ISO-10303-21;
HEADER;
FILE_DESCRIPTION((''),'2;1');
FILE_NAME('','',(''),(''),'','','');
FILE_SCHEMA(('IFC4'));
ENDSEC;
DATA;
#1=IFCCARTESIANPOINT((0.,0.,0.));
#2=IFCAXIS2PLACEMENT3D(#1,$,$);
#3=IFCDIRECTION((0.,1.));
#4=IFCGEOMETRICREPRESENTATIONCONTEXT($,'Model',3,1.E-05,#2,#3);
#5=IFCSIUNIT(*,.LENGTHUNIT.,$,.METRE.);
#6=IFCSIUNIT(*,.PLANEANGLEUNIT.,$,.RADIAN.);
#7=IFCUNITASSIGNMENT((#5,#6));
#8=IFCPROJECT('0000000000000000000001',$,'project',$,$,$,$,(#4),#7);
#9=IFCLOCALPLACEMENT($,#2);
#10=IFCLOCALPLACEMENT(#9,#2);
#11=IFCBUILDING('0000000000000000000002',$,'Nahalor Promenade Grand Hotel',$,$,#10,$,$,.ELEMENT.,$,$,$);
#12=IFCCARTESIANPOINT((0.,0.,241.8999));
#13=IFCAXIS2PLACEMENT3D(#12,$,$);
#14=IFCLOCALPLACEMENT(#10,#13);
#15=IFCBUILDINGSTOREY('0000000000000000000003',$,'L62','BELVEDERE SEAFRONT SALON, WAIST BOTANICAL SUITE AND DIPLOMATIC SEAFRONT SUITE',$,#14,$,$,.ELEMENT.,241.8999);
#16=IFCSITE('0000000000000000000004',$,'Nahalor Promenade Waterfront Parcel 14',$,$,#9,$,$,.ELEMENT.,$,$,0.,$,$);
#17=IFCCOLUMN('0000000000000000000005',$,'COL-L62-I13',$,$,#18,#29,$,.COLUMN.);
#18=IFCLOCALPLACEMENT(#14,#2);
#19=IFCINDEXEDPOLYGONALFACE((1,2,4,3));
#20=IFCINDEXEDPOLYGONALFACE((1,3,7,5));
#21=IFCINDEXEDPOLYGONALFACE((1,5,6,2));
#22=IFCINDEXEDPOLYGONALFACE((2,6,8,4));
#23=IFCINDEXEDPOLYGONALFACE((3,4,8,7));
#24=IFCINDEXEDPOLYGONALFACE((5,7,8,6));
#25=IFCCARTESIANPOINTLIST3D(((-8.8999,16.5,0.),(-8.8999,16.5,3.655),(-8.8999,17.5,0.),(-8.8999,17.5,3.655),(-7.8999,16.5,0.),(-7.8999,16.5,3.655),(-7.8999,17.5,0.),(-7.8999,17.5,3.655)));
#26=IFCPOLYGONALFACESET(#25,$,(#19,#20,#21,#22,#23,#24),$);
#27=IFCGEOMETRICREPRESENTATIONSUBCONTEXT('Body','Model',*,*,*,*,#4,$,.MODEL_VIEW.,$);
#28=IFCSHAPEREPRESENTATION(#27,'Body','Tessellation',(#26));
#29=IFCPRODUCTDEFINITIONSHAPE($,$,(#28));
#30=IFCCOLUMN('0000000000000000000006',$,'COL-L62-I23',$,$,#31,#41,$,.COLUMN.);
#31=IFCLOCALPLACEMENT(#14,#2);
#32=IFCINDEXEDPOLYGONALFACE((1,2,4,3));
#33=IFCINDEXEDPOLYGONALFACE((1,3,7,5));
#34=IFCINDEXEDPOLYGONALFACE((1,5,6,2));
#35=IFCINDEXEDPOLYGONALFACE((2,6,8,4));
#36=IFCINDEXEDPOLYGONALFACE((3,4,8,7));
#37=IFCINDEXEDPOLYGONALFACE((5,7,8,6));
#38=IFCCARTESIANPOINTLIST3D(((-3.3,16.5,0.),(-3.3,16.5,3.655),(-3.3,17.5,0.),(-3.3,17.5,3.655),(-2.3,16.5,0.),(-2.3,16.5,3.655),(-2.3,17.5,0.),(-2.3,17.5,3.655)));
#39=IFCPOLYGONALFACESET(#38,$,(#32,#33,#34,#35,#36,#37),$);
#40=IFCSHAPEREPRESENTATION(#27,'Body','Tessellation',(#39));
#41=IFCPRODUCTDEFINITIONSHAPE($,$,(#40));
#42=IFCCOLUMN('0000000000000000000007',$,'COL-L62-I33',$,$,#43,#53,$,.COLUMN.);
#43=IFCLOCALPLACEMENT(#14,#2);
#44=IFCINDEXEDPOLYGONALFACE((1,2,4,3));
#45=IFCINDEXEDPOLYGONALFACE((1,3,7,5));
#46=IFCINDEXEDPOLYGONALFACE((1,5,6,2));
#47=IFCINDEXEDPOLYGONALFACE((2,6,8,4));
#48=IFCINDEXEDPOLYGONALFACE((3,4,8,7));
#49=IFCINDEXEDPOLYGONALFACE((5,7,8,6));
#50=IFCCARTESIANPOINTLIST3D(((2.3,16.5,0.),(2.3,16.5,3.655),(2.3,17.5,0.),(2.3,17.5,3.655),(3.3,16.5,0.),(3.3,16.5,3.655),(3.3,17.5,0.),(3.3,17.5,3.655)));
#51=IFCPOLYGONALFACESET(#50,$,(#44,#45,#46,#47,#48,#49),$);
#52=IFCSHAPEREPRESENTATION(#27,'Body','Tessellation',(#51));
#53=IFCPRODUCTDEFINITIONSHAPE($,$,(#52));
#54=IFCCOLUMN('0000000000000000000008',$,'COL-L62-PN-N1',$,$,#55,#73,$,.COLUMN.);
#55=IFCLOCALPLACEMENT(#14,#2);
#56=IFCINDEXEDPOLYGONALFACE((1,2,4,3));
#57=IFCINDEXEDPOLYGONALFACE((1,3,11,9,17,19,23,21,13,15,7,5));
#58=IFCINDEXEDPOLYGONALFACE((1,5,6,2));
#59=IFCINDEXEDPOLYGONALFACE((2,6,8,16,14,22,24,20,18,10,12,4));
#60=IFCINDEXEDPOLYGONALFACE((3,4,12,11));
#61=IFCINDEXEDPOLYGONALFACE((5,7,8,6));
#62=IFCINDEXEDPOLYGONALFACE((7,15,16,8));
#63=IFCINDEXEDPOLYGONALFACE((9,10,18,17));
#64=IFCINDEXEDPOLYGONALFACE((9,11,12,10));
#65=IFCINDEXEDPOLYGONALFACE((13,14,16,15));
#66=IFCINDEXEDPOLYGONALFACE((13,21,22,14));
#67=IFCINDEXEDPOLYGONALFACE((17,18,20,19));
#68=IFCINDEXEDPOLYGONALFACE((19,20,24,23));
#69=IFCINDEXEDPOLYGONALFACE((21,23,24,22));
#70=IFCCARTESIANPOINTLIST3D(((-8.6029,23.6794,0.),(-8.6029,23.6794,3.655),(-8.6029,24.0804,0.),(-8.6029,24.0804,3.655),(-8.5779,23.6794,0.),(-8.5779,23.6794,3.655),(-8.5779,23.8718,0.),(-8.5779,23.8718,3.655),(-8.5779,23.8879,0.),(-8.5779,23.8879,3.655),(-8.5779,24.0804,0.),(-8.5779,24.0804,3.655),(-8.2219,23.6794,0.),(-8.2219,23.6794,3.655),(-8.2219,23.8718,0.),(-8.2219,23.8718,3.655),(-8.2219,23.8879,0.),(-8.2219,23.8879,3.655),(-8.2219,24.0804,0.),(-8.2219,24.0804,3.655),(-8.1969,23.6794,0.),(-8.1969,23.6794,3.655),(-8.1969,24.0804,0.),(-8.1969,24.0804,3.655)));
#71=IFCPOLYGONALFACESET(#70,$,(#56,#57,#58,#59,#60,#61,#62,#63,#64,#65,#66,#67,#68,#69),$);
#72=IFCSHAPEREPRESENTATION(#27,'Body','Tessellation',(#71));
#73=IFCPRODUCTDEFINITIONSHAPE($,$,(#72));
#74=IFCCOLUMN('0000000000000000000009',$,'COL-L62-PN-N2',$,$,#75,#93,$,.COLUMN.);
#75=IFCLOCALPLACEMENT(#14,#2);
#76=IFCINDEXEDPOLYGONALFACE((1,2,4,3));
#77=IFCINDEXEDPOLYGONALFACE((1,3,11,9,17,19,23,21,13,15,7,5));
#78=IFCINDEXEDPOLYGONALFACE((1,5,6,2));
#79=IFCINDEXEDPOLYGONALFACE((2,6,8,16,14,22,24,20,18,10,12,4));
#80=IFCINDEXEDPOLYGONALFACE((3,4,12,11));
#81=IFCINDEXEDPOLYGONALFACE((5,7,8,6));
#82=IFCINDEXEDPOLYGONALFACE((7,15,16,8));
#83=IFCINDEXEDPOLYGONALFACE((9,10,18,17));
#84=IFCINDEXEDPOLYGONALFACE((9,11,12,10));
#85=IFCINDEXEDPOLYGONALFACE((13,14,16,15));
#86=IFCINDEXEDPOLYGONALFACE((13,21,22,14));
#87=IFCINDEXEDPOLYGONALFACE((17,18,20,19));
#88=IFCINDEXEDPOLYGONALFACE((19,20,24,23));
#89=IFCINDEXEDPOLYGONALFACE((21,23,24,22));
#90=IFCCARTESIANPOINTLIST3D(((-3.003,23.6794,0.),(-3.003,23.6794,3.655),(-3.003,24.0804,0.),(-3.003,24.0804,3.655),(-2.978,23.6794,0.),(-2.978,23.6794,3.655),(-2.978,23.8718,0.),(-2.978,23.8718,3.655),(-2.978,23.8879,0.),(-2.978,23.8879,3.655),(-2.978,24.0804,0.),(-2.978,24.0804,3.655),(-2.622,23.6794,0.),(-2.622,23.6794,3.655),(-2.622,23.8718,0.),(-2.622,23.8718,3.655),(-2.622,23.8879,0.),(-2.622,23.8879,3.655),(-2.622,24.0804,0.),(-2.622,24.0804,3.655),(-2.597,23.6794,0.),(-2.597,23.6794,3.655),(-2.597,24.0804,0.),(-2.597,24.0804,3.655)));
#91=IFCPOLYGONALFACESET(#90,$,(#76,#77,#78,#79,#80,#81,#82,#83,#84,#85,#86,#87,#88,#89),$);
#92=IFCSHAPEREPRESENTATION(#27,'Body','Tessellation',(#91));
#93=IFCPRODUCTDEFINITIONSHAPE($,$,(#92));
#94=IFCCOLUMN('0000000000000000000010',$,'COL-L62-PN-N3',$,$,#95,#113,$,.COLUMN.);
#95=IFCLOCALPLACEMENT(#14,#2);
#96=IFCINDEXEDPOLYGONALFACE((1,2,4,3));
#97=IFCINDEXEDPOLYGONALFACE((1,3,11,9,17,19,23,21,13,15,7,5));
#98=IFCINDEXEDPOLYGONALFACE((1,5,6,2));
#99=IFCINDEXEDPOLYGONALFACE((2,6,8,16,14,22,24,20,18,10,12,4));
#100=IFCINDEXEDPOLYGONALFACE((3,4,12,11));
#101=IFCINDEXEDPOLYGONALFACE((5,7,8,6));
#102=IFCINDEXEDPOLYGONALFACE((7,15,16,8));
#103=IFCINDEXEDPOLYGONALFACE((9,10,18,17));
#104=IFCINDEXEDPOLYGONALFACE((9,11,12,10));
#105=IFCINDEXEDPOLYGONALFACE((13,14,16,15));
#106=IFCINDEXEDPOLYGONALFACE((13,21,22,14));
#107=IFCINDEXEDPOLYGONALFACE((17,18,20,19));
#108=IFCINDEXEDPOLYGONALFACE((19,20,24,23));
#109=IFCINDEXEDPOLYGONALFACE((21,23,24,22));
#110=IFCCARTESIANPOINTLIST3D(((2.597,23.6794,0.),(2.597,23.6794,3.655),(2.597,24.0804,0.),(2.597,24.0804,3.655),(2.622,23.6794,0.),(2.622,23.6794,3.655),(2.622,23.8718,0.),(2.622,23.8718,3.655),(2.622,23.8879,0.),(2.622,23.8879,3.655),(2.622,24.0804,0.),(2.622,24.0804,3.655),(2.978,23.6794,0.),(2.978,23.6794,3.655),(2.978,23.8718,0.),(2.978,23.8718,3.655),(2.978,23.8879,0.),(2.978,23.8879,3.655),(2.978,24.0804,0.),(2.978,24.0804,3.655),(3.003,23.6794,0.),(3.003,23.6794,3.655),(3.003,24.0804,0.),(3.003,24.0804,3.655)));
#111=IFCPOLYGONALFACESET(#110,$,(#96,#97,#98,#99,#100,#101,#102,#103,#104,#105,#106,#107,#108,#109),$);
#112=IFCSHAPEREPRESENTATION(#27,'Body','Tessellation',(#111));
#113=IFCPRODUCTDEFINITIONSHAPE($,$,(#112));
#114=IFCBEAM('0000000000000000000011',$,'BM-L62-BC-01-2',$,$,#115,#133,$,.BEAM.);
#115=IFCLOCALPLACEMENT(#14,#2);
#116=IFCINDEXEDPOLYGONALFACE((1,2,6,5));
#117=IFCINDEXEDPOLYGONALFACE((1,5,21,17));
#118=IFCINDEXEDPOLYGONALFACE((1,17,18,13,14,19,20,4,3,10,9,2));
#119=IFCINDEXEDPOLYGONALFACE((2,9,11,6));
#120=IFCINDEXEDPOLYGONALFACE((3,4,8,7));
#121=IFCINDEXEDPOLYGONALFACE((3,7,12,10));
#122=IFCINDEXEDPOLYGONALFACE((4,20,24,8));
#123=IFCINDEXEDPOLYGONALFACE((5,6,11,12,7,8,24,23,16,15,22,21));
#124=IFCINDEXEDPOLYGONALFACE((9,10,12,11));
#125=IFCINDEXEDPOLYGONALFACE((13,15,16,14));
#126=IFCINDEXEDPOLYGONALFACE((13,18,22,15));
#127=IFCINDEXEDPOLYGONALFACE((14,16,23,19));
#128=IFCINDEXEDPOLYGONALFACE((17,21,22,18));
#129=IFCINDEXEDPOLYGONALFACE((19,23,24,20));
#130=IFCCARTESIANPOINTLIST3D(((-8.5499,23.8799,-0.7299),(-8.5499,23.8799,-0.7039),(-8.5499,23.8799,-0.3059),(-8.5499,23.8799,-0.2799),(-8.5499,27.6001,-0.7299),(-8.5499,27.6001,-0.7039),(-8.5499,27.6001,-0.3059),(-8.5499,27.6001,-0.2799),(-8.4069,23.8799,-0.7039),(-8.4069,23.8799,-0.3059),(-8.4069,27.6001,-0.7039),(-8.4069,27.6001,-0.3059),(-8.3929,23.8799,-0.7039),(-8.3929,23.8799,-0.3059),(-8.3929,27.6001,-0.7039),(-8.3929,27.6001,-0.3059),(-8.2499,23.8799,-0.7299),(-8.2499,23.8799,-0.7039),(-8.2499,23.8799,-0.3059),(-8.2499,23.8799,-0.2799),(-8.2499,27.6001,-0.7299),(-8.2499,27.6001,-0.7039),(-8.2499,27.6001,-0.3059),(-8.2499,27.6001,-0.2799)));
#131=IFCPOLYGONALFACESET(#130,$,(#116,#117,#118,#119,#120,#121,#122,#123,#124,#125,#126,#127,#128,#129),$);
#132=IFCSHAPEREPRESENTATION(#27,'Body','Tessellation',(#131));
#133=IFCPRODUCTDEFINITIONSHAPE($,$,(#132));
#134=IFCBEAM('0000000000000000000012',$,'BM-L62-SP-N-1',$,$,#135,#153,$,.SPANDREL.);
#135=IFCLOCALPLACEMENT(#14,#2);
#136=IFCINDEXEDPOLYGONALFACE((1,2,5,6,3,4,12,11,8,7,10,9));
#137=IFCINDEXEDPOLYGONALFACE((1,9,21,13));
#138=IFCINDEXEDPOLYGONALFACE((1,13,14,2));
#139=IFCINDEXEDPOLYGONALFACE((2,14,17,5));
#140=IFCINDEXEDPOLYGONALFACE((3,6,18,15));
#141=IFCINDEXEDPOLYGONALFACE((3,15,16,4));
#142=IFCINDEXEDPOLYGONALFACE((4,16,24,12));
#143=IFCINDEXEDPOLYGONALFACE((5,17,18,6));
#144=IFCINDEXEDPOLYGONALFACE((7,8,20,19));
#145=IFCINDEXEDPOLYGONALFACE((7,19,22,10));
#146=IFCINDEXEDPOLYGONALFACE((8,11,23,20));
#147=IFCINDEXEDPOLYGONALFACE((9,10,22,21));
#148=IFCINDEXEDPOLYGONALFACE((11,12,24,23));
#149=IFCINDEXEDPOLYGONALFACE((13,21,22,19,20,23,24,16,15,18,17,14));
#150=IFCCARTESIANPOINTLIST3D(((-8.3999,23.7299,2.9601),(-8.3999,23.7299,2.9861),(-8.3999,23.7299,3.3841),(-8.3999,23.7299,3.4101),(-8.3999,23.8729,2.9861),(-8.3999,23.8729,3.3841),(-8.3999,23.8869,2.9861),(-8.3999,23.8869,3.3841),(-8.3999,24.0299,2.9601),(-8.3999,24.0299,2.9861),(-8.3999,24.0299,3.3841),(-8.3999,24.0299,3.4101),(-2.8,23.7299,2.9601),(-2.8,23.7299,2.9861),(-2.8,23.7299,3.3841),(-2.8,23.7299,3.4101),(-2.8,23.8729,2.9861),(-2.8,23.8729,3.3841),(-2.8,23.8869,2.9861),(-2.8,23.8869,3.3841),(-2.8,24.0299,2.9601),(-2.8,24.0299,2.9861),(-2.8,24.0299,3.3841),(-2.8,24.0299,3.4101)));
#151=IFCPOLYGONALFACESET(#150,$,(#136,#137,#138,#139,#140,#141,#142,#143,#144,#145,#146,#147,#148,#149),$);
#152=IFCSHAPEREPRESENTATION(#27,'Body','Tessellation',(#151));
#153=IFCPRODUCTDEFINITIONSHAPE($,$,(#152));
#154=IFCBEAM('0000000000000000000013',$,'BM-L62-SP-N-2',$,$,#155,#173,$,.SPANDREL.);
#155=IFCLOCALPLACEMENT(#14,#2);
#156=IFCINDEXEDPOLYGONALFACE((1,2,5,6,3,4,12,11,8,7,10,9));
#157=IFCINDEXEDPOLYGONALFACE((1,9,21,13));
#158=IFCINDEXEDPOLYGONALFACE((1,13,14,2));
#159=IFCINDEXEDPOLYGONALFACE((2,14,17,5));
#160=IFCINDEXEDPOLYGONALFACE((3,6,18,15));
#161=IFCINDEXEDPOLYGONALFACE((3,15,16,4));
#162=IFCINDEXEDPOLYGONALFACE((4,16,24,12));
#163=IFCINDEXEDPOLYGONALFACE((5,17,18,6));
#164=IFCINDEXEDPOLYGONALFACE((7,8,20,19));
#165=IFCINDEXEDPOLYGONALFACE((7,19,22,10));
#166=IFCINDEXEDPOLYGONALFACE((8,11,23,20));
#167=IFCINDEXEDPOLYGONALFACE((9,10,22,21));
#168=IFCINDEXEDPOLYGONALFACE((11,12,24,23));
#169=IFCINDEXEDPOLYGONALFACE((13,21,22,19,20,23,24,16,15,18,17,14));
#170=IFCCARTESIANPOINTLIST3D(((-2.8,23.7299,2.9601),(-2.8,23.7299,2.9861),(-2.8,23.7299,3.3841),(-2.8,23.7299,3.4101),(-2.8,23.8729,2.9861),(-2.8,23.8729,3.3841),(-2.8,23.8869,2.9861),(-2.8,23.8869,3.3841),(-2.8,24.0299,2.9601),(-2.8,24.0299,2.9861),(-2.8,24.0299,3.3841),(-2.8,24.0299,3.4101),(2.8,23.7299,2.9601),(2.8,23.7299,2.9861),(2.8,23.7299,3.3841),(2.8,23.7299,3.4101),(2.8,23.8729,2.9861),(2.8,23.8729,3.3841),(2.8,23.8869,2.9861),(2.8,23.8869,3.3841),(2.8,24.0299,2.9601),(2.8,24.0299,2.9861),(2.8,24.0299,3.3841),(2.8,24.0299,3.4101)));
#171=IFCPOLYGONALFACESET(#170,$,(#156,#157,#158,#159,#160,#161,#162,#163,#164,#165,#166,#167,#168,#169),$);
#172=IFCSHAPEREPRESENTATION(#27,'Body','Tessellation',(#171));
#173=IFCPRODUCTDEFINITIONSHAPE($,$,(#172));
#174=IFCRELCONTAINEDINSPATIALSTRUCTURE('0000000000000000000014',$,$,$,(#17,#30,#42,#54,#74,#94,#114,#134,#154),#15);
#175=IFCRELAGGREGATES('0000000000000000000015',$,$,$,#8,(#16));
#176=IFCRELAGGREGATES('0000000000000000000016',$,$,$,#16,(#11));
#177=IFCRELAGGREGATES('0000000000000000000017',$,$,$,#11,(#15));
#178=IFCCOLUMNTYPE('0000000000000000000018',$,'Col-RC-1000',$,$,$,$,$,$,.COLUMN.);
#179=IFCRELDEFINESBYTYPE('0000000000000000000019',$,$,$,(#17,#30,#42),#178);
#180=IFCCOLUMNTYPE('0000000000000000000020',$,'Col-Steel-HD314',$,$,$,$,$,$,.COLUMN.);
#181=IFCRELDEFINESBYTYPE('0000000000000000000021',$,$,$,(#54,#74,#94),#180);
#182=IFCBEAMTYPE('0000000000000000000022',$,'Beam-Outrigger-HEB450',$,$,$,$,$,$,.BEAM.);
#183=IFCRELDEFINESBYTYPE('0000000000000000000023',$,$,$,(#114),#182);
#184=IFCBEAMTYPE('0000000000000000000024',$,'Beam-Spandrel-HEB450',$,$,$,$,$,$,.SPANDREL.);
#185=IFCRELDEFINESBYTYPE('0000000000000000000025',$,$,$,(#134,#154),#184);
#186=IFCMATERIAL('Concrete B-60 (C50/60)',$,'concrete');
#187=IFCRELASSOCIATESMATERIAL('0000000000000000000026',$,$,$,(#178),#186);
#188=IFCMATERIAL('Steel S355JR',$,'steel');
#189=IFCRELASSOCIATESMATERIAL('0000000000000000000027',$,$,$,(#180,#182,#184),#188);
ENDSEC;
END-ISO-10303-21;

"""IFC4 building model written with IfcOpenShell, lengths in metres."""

from ifc_helpers import new_model, si_unit, direction, frame, origin, origin_2d, place, context, subcontext, project, spatial, rectangle, i_section, extrude, source, transform, mapped, material, material_profile, profile_set, type_object, element, save


model = new_model("IFC4")

# Units and contexts
model_context = context("Model", 3, precision=1e-05, world=origin(), true_north=direction((0.0, 1.0)))
body_context = subcontext(model_context, "Body", "Model", "MODEL_VIEW")
ifc_project = project(units=[si_unit("LENGTHUNIT", "METRE"), si_unit("PLANEANGLEUNIT", "RADIAN")], contexts=[model_context])

# Site, building, storey
site_placement = place(None, origin())
site = spatial("IfcSite", under=ifc_project, at=site_placement, Name="Nahalor Promenade Waterfront Parcel 14", CompositionType="ELEMENT", RefElevation=0.0)
building_placement = place(site_placement, origin())
building = spatial("IfcBuilding", under=site, at=building_placement, Name="Nahalor Promenade Grand Hotel", CompositionType="ELEMENT")
storey_placement = place(building_placement, frame((0.0, 0.0, 241.8999)))
storey = spatial("IfcBuildingStorey", under=building, at=storey_placement, Name="L62", Description="BELVEDERE SEAFRONT SALON, WAIST BOTANICAL SUITE AND DIPLOMATIC SEAFRONT SUITE", CompositionType="ELEMENT", Elevation=241.8999)

# Columns
ifc_material_1 = material(Name="Concrete B-60 (C50/60)", Category="concrete")
ifc_material_profile_1 = material_profile(ifc_material_1, rectangle(XDim=1.0, YDim=1.0, at=origin_2d()), Name="RC 1000x1000")
ifc_profile_set_1 = profile_set([ifc_material_profile_1], Name="Concrete B-60 (C50/60)")
column_type_1 = type_object("IfcColumnType", Name="Col-RC-1000", PredefinedType="COLUMN", material=ifc_profile_set_1)
shared_shape_1 = source(origin(), body_context, "Body", "SweptSolid", [
    extrude(rectangle(XDim=1.0, YDim=1.0, at=origin_2d()), origin(), (0.0, 0.0, 1.0), 3.655),
])
for number, where, z_axis, x_axis, name in (
    (1, (-8.3999, 17.0, 0.0), (0.0, 0.0, 1.0), (1.0, 0.0, 0.0), "COL-L62-I13"),
    (2, (-2.8, 17.0, 0.0), (0.0, 0.0, 1.0), (1.0, 0.0, 0.0), "COL-L62-I23"),
    (3, (2.8, 17.0, 0.0), (0.0, 0.0, 1.0), (1.0, 0.0, 0.0), "COL-L62-I33"),
):
    element("IfcColumn", number, at=place(storey_placement, frame(where, z_axis=z_axis, x_axis=x_axis)), inside=storey, type_object=column_type_1, Name=name, PredefinedType="COLUMN", context=body_context, shape_type="MappedRepresentation", body=[
        mapped(shared_shape_1, transform((0.0, 0.0, 0.0), scale=1.0)),
    ])
ifc_material_2 = material(Name="Steel S355JR", Category="steel")
ifc_material_profile_2 = material_profile(ifc_material_2, i_section(OverallWidth=0.401, OverallDepth=0.406, WebThickness=0.0161, FlangeThickness=0.025, at=origin_2d()), Name="HD 400x314")
ifc_profile_set_2 = profile_set([ifc_material_profile_2], Name="Steel S355JR")
column_type_2 = type_object("IfcColumnType", Name="Col-Steel-HD314", PredefinedType="COLUMN", material=ifc_profile_set_2)
shared_shape_2 = source(origin(), body_context, "Body", "SweptSolid", [
    extrude(i_section(OverallWidth=0.401, OverallDepth=0.406, WebThickness=0.0161, FlangeThickness=0.025, at=origin_2d()), origin(), (0.0, 0.0, 1.0), 3.655),
])
for number, where, z_axis, x_axis, name in (
    (4, (-8.3999, 23.8799, 0.0), (0.0, 0.0, 1.0), (0.0, 1.0, 0.0), "COL-L62-PN-N1"),
    (5, (-2.8, 23.8799, 0.0), (0.0, 0.0, 1.0), (0.0, 1.0, 0.0), "COL-L62-PN-N2"),
    (6, (2.8, 23.8799, 0.0), (0.0, 0.0, 1.0), (0.0, 1.0, 0.0), "COL-L62-PN-N3"),
):
    element("IfcColumn", number, at=place(storey_placement, frame(where, z_axis=z_axis, x_axis=x_axis)), inside=storey, type_object=column_type_2, Name=name, PredefinedType="COLUMN", context=body_context, shape_type="MappedRepresentation", body=[
        mapped(shared_shape_2, transform((0.0, 0.0, 0.0), scale=1.0)),
    ])

# Beams
ifc_material_profile_3 = material_profile(ifc_material_2, i_section(OverallWidth=0.3, OverallDepth=0.45, WebThickness=0.014, FlangeThickness=0.026, at=origin_2d()), Name="HEB 450")
ifc_profile_set_3 = profile_set([ifc_material_profile_3], Name="Steel S355JR")
beam_type_1 = type_object("IfcBeamType", Name="Beam-Outrigger-HEB450", PredefinedType="BEAM", material=ifc_profile_set_3)
shared_shape_3 = source(origin(), body_context, "Body", "SweptSolid", [
    extrude(i_section(OverallWidth=0.3, OverallDepth=0.45, WebThickness=0.014, FlangeThickness=0.026, at=origin_2d()), origin(), (0.0, 0.0, 1.0), 3.7202),
])
beam_1_placement = place(storey_placement, frame((-8.3999, 23.8799, -0.5049), z_axis=(0.0, 1.0, 0.0), x_axis=(-1.0, 0.0, 0.0)))
element("IfcBeam", 7, at=beam_1_placement, inside=storey, type_object=beam_type_1, Name="BM-L62-BC-01-2", PredefinedType="BEAM", context=body_context, shape_type="MappedRepresentation", body=[
    mapped(shared_shape_3, transform((0.0, 0.0, 0.0), scale=1.0)),
])
ifc_material_profile_4 = material_profile(ifc_material_2, i_section(OverallWidth=0.3, OverallDepth=0.45, WebThickness=0.014, FlangeThickness=0.026, at=origin_2d()), Name="HEB 450")
ifc_profile_set_4 = profile_set([ifc_material_profile_4], Name="Steel S355JR")
beam_type_2 = type_object("IfcBeamType", Name="Beam-Spandrel-HEB450", PredefinedType="SPANDREL", material=ifc_profile_set_4)
shared_shape_4 = source(origin(), body_context, "Body", "SweptSolid", [
    extrude(i_section(OverallWidth=0.3, OverallDepth=0.45, WebThickness=0.014, FlangeThickness=0.026, at=origin_2d()), origin(), (0.0, 0.0, 1.0), 5.5999),
])
beam_2_placement = place(storey_placement, frame((-8.3999, 23.8799, 3.1851), z_axis=(1.0, 0.0, 0.0), x_axis=(0.0, 1.0, 0.0)))
element("IfcBeam", 8, at=beam_2_placement, inside=storey, type_object=beam_type_2, Name="BM-L62-SP-N-1", PredefinedType="SPANDREL", context=body_context, shape_type="MappedRepresentation", body=[
    mapped(shared_shape_4, transform((0.0, 0.0, 0.0), scale=1.0)),
])
shared_shape_5 = source(origin(), body_context, "Body", "SweptSolid", [
    extrude(i_section(OverallWidth=0.3, OverallDepth=0.45, WebThickness=0.014, FlangeThickness=0.026, at=origin_2d()), origin(), (0.0, 0.0, 1.0), 5.6001),
])
beam_3_placement = place(storey_placement, frame((-2.8, 23.8799, 3.1851), z_axis=(1.0, 0.0, 0.0), x_axis=(0.0, 1.0, 0.0)))
element("IfcBeam", 9, at=beam_3_placement, inside=storey, type_object=beam_type_2, Name="BM-L62-SP-N-2", PredefinedType="SPANDREL", context=body_context, shape_type="MappedRepresentation", body=[
    mapped(shared_shape_5, transform((0.0, 0.0, 0.0), scale=1.0)),
])

save(model, "model.ifc")
